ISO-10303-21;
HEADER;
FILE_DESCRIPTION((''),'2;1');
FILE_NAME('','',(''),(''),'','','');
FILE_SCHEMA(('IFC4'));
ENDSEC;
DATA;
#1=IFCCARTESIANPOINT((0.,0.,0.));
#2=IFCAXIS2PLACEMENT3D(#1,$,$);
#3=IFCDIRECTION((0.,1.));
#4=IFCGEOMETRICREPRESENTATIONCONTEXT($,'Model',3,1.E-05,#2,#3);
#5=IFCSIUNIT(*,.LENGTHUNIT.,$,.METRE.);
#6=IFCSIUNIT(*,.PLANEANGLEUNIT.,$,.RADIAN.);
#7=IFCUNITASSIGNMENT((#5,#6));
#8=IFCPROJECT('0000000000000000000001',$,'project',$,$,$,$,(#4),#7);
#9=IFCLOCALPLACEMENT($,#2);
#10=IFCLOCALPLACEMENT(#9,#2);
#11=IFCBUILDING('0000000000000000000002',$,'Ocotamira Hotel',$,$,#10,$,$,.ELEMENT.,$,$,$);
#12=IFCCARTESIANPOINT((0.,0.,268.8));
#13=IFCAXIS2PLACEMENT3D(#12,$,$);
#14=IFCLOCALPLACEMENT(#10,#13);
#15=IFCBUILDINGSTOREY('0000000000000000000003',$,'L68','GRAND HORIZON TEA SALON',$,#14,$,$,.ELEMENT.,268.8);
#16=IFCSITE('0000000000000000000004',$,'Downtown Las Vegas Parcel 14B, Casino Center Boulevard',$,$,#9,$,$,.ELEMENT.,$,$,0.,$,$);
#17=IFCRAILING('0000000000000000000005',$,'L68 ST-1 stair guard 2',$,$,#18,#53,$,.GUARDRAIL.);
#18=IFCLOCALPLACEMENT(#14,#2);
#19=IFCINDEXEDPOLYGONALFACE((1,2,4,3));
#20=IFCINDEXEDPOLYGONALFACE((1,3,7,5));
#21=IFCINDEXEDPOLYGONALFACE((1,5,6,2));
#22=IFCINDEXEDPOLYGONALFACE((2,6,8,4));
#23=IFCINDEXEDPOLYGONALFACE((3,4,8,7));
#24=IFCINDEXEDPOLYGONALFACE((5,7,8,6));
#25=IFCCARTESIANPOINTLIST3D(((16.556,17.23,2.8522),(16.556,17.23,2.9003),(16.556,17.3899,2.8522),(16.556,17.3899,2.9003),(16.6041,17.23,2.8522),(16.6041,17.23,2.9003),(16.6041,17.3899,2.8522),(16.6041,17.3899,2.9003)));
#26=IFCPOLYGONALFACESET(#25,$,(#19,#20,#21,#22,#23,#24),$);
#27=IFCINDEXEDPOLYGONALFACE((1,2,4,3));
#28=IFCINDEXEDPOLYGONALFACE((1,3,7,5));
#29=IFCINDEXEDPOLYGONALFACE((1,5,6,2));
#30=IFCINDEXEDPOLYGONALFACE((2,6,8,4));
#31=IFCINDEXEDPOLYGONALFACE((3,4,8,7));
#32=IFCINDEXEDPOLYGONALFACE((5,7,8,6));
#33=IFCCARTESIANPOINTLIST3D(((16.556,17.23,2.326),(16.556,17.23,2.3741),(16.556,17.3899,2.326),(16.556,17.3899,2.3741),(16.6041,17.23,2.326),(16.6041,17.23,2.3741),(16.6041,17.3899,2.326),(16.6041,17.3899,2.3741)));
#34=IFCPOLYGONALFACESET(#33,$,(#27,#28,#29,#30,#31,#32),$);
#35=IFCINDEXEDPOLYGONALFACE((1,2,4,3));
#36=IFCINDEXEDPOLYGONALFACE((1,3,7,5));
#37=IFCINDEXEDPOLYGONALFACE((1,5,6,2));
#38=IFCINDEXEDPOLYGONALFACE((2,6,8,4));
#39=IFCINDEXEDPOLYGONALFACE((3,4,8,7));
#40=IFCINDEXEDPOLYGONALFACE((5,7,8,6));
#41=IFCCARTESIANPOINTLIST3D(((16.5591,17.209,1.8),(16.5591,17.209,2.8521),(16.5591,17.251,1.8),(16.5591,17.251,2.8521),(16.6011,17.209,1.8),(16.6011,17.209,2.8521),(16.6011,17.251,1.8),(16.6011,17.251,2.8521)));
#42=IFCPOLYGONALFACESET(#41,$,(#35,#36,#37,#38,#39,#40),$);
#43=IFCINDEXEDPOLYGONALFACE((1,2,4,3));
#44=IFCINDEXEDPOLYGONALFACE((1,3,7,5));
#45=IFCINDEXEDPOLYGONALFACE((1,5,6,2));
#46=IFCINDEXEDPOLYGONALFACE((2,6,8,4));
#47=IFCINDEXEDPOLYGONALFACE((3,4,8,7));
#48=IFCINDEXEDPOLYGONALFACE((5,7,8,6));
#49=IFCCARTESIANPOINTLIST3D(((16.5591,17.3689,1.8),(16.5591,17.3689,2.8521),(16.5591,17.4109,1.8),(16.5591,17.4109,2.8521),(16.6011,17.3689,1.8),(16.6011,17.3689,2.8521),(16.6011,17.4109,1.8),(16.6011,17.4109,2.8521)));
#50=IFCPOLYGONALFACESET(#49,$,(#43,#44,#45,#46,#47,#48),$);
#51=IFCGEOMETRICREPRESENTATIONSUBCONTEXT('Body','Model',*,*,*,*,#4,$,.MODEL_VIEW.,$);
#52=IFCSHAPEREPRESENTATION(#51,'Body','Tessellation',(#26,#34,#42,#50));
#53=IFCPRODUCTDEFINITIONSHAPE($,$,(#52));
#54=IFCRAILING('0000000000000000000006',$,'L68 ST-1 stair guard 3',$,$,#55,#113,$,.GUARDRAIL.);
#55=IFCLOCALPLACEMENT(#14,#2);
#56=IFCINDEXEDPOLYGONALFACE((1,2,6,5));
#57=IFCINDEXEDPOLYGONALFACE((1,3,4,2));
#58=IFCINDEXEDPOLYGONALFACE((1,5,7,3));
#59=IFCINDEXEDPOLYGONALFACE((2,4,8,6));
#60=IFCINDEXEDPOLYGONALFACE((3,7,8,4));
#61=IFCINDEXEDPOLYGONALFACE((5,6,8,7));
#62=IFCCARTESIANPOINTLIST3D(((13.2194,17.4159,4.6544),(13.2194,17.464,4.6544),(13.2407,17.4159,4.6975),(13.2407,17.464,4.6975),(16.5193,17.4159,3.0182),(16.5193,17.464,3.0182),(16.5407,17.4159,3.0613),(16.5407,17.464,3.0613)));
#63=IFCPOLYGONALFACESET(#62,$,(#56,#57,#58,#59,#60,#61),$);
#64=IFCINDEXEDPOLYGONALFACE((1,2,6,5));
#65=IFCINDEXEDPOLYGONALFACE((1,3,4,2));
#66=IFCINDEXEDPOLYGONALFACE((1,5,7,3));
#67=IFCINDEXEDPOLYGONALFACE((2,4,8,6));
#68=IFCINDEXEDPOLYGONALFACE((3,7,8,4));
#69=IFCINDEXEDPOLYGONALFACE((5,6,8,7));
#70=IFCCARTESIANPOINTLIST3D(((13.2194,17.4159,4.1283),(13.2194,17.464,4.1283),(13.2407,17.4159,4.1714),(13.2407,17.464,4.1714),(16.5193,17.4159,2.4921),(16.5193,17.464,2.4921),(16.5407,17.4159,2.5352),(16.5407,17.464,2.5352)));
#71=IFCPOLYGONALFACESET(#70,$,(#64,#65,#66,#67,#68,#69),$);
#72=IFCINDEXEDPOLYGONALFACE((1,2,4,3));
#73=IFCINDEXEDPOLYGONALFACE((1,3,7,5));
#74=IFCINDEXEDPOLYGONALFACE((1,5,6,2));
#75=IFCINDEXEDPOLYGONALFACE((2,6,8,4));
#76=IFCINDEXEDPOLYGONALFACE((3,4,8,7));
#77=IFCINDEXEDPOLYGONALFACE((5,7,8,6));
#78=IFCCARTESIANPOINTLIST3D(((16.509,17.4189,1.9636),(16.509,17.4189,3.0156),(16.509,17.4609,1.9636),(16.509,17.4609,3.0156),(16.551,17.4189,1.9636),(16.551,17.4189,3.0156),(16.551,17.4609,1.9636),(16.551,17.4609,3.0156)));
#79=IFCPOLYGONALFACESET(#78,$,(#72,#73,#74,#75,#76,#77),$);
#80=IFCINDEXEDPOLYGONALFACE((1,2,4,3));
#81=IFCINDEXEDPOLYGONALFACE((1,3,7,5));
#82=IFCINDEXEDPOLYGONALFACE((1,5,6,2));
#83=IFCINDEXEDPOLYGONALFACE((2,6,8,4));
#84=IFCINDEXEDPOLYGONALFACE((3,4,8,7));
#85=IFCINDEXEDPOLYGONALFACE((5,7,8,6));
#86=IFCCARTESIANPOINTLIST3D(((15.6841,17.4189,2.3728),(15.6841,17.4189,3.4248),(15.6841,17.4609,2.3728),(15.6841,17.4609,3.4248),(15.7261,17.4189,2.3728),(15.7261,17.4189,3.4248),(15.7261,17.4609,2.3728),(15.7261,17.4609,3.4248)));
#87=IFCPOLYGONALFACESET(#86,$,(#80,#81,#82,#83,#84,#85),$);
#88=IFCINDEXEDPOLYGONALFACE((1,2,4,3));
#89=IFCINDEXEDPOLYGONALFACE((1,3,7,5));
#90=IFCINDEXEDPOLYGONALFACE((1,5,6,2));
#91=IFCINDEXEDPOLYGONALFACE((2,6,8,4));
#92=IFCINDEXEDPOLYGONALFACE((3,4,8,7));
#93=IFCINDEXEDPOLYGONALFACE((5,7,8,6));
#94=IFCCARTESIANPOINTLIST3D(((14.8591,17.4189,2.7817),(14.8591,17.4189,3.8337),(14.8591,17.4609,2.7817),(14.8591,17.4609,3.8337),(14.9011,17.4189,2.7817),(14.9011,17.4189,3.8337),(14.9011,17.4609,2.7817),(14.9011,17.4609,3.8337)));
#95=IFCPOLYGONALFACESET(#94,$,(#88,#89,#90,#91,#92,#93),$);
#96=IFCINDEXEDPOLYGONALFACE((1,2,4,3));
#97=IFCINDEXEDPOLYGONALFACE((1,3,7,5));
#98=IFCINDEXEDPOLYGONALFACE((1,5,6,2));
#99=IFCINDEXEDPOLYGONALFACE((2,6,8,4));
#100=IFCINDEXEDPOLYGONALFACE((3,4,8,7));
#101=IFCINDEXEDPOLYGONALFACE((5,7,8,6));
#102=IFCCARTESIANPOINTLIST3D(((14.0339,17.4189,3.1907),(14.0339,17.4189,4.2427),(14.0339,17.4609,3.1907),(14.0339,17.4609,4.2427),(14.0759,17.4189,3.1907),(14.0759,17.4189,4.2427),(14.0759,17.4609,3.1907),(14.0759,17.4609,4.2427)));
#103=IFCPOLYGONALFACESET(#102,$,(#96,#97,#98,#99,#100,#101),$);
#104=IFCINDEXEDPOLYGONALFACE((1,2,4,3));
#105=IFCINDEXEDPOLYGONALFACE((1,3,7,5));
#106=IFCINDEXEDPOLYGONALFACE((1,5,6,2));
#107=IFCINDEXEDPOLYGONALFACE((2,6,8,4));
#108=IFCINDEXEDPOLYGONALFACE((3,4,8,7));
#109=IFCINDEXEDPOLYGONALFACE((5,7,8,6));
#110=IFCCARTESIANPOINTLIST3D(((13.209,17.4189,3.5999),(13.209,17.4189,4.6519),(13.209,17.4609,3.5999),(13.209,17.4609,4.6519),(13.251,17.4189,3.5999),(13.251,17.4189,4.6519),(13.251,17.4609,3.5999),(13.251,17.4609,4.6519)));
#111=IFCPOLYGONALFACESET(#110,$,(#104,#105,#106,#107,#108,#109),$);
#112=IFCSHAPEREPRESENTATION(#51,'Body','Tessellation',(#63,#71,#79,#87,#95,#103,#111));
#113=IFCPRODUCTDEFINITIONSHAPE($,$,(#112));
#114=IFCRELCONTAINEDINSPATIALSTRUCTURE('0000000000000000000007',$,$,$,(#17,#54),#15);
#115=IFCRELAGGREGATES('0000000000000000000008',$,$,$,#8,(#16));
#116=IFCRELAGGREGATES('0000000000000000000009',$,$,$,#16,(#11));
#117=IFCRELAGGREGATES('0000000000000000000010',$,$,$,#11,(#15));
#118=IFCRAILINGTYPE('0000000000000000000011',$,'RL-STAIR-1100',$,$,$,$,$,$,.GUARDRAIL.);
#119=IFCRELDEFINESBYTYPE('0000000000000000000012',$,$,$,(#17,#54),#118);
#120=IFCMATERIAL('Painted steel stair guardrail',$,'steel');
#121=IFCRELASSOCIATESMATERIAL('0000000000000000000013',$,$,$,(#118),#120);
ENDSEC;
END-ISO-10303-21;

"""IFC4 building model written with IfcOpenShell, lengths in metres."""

from ifc_helpers import new_model, si_unit, direction, frame, origin, origin_2d, place, context, subcontext, project, spatial, rectangle, extrude, material, type_object, element, save


model = new_model("IFC4")

# Units and contexts
model_context = context("Model", 3, precision=1e-05, world=origin(), true_north=direction((0.0, 1.0)))
body_context = subcontext(model_context, "Body", "Model", "MODEL_VIEW")
ifc_project = project(units=[si_unit("LENGTHUNIT", "METRE"), si_unit("PLANEANGLEUNIT", "RADIAN")], contexts=[model_context])

# Site, building, storey
site_placement = place(None, origin())
site = spatial("IfcSite", under=ifc_project, at=site_placement, Name="Downtown Las Vegas Parcel 14B, Casino Center Boulevard", CompositionType="ELEMENT", RefElevation=0.0)
building_placement = place(site_placement, origin())
building = spatial("IfcBuilding", under=site, at=building_placement, Name="Ocotamira Hotel", CompositionType="ELEMENT")
storey_placement = place(building_placement, frame((0.0, 0.0, 268.8)))
storey = spatial("IfcBuildingStorey", under=building, at=storey_placement, Name="L68", Description="GRAND HORIZON TEA SALON", CompositionType="ELEMENT", Elevation=268.8)

# Railings
ifc_material_1 = material(Name="Painted steel stair guardrail", Category="steel")
railing_type_1 = type_object("IfcRailingType", Name="RL-STAIR-1100", PredefinedType="GUARDRAIL", material=ifc_material_1)
railing_1_placement = place(storey_placement, frame((16.5801, 17.23, 1.8)))
element("IfcRailing", 1, at=railing_1_placement, inside=storey, type_object=railing_type_1, Name="L68 ST-1 stair guard 2", PredefinedType="GUARDRAIL", context=body_context, shape_type="SweptSolid", body=[
    extrude(rectangle(XDim=0.0481, YDim=0.0481, at=origin_2d()), frame((0.0, 0.0, 1.0762), z_axis=(0.0, 1.0, 0.0), x_axis=(-1.0, 0.0, 0.0)), (0.0, 0.0, 1.0), 0.1599),
    extrude(rectangle(XDim=0.0481, YDim=0.0481, at=origin_2d()), frame((0.0, 0.0, 0.55), z_axis=(0.0, 1.0, 0.0), x_axis=(-1.0, 0.0, 0.0)), (0.0, 0.0, 1.0), 0.1599),
    extrude(rectangle(XDim=0.042, YDim=0.042, at=origin_2d()), origin(), (0.0, 0.0, 1.0), 1.052),
    extrude(rectangle(XDim=0.042, YDim=0.042, at=origin_2d()), frame((0.0, 0.1599, 0.0)), (0.0, 0.0, 1.0), 1.052),
])
railing_2_placement = place(storey_placement, frame((16.53, 17.4399, 1.9636)))
element("IfcRailing", 2, at=railing_2_placement, inside=storey, type_object=railing_type_1, Name="L68 ST-1 stair guard 3", PredefinedType="GUARDRAIL", context=body_context, shape_type="SweptSolid", body=[
    extrude(rectangle(XDim=0.0481, YDim=0.0481, at=origin_2d()), frame((0.0, 0.0, 1.0762), z_axis=(-0.89592, 0.0, 0.444215), x_axis=(0.0, -1.0, 0.0)), (0.0, 0.0, 1.0), 3.6833),
    extrude(rectangle(XDim=0.0481, YDim=0.0481, at=origin_2d()), frame((0.0, 0.0, 0.55), z_axis=(-0.89592, 0.0, 0.444215), x_axis=(0.0, -1.0, 0.0)), (0.0, 0.0, 1.0), 3.6833),
    extrude(rectangle(XDim=0.042, YDim=0.042, at=origin_2d()), origin(), (0.0, 0.0, 1.0), 1.052),
    extrude(rectangle(XDim=0.042, YDim=0.042, at=origin_2d()), frame((-0.825, 0.0, 0.4092)), (0.0, 0.0, 1.0), 1.052),
    extrude(rectangle(XDim=0.042, YDim=0.042, at=origin_2d()), frame((-1.6499, 0.0, 0.8181)), (0.0, 0.0, 1.0), 1.052),
    extrude(rectangle(XDim=0.042, YDim=0.042, at=origin_2d()), frame((-2.4751, 0.0, 1.2271)), (0.0, 0.0, 1.0), 1.052),
    extrude(rectangle(XDim=0.042, YDim=0.042, at=origin_2d()), frame((-3.3, 0.0, 1.6362)), (0.0, 0.0, 1.0), 1.052),
])

save(model, "model.ifc")
